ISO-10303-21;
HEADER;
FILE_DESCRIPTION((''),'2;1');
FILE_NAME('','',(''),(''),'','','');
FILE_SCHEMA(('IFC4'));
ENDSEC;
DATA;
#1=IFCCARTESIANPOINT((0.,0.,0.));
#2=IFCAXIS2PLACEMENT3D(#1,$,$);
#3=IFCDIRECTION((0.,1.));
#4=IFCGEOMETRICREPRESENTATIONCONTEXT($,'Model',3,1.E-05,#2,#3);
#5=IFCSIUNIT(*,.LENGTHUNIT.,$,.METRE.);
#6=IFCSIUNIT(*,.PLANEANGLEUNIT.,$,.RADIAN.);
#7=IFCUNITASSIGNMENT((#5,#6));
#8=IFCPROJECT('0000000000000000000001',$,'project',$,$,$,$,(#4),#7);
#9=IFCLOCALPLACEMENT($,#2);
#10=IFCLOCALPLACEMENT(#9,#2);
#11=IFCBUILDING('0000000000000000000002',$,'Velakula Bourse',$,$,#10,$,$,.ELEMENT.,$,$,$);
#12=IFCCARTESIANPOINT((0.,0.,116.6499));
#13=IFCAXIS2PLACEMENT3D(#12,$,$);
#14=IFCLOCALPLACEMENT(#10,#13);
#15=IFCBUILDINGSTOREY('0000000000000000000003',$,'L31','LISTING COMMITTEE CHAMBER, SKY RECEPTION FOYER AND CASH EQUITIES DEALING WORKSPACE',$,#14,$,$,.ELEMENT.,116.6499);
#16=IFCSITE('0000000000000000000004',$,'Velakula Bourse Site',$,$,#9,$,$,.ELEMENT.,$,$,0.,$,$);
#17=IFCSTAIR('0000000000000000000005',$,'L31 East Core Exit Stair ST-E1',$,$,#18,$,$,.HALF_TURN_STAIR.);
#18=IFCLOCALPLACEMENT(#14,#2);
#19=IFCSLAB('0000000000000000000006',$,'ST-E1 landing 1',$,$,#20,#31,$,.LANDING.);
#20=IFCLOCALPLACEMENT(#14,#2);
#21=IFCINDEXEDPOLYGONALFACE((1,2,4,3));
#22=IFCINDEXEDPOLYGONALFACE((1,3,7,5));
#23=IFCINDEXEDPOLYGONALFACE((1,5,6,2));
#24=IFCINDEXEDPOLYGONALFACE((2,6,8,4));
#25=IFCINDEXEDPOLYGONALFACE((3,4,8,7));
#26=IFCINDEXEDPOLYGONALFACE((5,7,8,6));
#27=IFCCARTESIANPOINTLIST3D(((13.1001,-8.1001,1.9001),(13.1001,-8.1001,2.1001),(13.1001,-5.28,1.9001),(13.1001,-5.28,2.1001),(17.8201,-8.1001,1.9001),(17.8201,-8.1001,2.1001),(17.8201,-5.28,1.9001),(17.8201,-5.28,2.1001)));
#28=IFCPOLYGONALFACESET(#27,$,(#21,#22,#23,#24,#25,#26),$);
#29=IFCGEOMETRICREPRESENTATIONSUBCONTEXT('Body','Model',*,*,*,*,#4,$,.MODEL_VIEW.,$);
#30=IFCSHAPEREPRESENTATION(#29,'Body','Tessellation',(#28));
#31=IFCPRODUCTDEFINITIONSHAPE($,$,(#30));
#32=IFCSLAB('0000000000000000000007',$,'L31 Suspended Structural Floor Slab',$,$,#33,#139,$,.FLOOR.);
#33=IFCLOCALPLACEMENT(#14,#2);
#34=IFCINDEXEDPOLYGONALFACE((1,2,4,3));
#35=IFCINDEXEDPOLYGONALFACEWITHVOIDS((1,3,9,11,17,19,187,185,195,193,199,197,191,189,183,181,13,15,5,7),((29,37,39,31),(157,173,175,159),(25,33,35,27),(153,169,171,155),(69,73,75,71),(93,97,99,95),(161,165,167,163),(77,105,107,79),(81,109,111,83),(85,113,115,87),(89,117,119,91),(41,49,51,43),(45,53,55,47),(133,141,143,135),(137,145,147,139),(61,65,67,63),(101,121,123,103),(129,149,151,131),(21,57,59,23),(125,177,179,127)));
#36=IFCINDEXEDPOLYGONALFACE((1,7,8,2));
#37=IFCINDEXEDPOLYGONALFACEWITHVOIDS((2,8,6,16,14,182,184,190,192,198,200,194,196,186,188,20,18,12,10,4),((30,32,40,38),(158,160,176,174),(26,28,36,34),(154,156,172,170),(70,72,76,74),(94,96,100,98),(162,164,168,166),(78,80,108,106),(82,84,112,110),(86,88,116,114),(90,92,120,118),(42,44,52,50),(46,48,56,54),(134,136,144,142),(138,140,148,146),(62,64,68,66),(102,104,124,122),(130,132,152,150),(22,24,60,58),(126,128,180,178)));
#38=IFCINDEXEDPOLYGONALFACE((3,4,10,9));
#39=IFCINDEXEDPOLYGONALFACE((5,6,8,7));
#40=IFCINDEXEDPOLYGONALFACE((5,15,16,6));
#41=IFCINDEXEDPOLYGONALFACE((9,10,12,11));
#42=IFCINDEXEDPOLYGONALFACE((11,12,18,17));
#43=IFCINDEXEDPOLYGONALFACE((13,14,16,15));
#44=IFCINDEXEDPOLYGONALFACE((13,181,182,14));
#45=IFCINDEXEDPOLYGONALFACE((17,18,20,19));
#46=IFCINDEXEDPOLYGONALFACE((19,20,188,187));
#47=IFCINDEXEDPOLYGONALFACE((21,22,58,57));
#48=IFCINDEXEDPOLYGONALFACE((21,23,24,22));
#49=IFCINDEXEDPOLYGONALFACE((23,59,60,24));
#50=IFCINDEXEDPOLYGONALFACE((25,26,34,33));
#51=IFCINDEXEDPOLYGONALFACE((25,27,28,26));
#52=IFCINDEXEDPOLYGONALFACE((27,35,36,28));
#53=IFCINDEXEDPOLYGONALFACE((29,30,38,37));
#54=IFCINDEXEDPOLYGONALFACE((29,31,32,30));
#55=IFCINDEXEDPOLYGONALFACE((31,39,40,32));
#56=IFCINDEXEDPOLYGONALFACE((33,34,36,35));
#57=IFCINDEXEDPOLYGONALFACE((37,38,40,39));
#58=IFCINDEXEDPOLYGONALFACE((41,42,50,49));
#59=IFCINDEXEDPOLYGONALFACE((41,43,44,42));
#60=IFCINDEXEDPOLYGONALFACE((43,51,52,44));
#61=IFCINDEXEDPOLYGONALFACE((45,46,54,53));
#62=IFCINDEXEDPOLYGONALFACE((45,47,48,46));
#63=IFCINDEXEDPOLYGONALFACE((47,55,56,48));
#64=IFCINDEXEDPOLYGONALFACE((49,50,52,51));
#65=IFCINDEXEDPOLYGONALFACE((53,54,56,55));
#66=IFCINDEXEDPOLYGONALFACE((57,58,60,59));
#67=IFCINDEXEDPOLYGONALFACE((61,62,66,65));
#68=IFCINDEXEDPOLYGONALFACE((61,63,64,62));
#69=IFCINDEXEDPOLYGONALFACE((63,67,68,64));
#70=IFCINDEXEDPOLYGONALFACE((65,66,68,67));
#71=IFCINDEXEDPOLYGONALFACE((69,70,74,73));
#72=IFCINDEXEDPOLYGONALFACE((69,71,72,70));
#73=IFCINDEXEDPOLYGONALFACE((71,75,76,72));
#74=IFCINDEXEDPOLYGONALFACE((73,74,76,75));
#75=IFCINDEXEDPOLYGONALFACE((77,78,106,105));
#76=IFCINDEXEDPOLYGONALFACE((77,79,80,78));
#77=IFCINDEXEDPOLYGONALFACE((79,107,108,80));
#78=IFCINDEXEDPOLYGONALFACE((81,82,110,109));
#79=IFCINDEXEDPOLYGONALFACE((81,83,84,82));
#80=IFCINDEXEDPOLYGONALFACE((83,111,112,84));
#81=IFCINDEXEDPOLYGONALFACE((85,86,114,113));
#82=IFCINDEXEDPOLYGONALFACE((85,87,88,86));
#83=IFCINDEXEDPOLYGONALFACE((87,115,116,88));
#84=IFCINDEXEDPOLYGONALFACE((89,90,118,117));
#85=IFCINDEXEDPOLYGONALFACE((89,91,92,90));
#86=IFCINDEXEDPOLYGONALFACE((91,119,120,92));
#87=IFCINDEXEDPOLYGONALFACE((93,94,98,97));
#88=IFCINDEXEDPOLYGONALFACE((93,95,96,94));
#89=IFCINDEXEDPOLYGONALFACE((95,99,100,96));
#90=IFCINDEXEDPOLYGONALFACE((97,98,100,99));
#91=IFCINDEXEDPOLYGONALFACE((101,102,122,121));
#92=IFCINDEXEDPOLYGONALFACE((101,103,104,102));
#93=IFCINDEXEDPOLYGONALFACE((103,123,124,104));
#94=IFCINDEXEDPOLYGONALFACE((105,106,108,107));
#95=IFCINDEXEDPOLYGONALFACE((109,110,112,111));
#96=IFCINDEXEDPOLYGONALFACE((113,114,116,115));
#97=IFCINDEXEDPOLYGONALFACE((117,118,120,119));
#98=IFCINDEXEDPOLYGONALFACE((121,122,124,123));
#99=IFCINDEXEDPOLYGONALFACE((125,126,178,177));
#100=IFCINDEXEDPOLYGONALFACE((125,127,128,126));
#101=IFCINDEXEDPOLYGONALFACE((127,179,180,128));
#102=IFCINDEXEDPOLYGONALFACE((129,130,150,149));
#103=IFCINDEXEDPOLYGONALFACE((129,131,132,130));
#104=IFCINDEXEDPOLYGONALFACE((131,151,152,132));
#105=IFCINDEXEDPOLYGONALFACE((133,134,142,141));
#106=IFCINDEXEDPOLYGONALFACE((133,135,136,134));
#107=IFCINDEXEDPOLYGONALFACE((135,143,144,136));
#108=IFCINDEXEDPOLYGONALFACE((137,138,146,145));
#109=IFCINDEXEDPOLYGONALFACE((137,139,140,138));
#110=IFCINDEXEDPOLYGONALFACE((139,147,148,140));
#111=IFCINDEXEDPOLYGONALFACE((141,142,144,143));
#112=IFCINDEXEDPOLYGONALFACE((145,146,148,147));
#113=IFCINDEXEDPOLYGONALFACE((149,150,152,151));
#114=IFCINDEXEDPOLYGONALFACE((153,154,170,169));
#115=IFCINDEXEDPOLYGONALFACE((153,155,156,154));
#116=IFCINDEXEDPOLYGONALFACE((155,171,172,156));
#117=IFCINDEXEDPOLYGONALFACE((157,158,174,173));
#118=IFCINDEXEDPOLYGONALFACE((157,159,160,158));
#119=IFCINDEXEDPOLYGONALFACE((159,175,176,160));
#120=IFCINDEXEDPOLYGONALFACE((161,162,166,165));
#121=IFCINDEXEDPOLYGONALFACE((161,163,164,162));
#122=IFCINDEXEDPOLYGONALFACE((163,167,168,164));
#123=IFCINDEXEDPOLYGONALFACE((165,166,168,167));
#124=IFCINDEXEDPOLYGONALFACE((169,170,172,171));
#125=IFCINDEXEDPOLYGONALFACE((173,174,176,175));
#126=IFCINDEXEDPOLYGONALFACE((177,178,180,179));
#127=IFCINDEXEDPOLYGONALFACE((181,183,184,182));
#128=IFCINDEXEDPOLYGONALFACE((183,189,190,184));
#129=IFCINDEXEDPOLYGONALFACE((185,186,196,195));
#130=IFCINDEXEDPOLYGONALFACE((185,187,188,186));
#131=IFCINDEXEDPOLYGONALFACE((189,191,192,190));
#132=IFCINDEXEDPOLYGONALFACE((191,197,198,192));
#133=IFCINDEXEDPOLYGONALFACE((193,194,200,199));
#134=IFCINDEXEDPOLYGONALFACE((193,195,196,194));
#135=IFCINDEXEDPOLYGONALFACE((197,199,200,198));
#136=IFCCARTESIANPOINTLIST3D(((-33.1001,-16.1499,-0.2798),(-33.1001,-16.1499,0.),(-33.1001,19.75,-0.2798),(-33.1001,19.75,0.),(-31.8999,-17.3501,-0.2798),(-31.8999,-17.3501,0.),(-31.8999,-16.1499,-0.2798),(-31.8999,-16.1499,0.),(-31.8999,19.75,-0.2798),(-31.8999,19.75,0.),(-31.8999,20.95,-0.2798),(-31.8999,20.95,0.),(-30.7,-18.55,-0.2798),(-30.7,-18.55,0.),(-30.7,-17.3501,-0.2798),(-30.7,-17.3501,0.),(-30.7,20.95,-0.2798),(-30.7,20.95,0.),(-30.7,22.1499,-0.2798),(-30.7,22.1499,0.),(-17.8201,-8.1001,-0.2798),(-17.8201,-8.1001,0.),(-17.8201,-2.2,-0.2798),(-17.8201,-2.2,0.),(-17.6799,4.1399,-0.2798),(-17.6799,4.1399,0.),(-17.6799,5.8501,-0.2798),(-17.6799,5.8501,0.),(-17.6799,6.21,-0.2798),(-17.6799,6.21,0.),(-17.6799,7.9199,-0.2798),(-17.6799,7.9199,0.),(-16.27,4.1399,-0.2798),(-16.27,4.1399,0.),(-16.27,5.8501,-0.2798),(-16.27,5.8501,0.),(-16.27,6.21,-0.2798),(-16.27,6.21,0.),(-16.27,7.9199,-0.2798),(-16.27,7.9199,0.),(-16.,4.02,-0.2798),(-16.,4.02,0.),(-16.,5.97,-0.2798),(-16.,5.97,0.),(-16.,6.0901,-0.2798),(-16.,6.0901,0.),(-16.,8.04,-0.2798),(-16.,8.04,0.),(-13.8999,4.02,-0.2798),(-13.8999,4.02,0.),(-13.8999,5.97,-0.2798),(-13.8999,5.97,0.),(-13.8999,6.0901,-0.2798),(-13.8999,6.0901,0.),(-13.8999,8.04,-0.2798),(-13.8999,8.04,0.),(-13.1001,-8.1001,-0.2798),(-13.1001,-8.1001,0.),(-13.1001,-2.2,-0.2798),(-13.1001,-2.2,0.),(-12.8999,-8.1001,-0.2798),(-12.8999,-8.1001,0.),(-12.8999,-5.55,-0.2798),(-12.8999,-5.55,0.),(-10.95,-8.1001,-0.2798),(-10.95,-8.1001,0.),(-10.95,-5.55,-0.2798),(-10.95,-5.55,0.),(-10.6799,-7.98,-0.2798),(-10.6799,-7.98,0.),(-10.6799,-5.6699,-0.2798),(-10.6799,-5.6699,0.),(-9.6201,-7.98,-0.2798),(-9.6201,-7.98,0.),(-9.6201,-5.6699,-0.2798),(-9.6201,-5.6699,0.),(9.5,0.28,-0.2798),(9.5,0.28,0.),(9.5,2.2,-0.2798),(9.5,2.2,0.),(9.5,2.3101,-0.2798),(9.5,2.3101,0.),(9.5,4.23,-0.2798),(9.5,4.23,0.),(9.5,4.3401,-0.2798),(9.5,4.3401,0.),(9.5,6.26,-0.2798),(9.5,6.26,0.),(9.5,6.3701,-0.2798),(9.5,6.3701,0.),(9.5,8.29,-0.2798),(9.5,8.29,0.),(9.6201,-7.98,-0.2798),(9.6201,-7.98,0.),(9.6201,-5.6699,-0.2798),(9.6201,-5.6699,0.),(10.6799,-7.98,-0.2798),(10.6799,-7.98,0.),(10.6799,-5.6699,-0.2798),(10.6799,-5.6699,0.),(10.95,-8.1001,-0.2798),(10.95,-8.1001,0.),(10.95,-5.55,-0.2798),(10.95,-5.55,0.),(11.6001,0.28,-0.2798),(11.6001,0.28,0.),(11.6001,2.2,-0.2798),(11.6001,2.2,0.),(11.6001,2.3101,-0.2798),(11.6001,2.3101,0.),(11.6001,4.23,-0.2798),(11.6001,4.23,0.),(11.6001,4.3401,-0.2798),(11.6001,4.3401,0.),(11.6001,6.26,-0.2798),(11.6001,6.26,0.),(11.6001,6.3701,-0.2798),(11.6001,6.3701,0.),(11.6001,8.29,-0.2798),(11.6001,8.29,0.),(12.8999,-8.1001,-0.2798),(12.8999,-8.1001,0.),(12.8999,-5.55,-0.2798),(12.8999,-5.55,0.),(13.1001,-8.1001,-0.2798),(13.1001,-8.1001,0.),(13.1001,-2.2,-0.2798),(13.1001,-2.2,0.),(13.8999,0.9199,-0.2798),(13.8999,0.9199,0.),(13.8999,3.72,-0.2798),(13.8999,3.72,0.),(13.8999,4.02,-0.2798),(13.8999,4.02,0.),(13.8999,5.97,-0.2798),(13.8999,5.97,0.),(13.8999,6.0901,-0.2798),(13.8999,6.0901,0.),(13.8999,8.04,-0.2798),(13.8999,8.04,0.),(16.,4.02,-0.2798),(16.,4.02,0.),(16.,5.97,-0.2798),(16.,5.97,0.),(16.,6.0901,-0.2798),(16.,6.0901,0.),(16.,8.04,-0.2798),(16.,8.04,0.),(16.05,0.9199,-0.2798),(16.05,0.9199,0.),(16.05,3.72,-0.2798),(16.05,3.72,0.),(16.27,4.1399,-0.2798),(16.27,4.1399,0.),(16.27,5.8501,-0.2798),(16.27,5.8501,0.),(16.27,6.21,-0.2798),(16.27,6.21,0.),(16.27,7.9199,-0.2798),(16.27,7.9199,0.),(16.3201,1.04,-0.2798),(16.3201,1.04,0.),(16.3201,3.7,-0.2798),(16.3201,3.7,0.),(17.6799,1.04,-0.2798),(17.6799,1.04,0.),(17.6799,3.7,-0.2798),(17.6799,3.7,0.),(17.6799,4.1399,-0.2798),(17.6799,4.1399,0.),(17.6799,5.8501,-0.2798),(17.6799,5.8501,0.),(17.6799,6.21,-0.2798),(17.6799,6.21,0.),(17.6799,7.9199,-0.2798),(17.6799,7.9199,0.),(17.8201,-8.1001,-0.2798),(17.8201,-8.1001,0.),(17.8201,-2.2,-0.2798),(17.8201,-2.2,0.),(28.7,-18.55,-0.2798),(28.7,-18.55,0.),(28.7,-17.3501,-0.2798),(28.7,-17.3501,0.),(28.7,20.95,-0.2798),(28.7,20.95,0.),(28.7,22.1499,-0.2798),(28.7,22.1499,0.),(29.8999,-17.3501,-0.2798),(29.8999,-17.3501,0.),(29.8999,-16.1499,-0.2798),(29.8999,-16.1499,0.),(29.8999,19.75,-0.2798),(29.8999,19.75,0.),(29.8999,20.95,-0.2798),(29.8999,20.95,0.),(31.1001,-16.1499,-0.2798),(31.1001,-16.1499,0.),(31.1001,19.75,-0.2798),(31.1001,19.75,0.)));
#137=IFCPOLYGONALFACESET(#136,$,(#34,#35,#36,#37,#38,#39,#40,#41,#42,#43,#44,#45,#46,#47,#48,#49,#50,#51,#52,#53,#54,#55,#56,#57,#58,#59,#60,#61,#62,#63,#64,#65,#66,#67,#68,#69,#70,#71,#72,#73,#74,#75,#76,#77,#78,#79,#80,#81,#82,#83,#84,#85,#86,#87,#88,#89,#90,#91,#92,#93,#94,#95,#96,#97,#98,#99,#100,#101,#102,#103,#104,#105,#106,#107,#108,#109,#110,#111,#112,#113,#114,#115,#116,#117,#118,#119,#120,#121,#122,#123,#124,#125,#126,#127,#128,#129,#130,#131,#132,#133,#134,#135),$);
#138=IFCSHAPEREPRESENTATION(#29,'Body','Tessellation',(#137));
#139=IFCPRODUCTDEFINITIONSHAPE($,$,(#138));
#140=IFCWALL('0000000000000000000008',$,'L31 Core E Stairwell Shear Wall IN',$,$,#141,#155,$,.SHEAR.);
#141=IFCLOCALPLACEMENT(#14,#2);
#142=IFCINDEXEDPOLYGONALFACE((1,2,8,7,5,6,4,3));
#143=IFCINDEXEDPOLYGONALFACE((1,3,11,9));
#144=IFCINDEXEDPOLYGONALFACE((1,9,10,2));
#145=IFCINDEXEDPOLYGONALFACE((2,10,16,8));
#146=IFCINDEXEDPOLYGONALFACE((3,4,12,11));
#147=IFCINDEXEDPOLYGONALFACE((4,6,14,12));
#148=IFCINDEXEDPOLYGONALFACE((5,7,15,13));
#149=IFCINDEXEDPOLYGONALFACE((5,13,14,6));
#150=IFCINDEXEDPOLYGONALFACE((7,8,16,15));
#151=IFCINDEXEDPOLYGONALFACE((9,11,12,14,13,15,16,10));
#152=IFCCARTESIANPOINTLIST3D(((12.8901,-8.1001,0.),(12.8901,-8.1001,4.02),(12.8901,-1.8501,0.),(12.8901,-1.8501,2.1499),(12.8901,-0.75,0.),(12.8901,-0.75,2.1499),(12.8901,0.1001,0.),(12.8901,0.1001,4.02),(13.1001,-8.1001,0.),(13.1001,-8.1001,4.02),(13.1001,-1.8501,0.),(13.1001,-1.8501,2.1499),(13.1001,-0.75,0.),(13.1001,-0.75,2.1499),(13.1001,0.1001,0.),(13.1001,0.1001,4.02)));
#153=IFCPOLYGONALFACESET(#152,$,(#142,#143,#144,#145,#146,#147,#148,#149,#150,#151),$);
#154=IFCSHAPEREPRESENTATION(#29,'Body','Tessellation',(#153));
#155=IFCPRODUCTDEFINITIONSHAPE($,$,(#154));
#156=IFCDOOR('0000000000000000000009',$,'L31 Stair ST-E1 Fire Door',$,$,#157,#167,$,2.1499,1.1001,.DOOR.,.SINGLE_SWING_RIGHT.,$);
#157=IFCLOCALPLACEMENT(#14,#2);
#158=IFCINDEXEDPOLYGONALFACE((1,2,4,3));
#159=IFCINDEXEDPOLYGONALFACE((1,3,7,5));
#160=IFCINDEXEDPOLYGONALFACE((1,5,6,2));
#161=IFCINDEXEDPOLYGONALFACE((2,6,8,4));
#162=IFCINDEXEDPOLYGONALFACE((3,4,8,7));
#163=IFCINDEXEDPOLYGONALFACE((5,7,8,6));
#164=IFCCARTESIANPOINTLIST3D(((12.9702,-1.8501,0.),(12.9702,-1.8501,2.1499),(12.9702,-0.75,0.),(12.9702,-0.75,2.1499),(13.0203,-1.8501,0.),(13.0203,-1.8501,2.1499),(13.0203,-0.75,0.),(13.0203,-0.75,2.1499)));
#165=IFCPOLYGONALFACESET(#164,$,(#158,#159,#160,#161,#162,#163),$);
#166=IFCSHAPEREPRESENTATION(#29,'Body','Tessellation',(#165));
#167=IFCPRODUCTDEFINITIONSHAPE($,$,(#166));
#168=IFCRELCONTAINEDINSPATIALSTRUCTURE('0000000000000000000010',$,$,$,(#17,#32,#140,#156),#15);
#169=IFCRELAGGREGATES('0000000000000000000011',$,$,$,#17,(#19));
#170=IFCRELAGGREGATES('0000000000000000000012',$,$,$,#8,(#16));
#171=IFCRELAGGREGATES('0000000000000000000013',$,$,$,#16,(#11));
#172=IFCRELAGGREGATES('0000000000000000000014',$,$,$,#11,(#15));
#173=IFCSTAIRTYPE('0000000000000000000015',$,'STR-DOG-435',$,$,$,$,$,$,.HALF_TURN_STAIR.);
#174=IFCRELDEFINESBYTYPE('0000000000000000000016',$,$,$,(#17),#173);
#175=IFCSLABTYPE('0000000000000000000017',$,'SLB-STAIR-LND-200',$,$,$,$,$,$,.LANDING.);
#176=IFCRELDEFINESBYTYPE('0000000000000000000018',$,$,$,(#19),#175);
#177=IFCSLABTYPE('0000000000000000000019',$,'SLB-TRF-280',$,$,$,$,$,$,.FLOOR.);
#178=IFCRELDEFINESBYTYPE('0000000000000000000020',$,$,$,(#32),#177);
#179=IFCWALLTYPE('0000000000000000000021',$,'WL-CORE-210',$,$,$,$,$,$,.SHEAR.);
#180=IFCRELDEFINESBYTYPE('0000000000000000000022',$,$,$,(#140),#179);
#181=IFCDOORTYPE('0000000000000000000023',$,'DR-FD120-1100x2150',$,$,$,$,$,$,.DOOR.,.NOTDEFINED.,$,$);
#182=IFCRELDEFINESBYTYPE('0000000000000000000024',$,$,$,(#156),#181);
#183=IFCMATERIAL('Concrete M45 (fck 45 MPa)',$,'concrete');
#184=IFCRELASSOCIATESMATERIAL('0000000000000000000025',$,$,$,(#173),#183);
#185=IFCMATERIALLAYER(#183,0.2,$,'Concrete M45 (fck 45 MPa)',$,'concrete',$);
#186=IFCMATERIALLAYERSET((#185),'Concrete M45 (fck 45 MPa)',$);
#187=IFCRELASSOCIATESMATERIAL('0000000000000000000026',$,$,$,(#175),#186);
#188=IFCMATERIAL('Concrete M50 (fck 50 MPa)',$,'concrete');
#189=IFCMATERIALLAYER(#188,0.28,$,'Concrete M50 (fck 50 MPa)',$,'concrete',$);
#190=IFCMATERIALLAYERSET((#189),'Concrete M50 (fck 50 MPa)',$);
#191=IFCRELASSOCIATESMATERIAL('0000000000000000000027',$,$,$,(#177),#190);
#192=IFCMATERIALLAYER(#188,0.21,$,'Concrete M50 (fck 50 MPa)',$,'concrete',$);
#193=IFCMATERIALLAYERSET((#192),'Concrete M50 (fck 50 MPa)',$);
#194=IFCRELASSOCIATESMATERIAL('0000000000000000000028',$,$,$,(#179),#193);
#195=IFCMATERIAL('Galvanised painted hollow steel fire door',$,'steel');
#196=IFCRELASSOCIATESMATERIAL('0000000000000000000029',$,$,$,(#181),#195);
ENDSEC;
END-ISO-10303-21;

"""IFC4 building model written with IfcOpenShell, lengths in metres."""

from ifc_helpers import new_model, si_unit, direction, frame, frame_2d, origin, place, context, subcontext, project, spatial, polyline, rectangle, outline, extrude, material, layer, layer_set, type_object, element, fill, aggregate, save


model = new_model("IFC4")

# Units and contexts
model_context = context("Model", 3, precision=1e-05, world=origin(), true_north=direction((0.0, 1.0)))
body_context = subcontext(model_context, "Body", "Model", "MODEL_VIEW")
ifc_project = project(units=[si_unit("LENGTHUNIT", "METRE"), si_unit("PLANEANGLEUNIT", "RADIAN")], contexts=[model_context])

# Site, building, storey
site_placement = place(None, origin())
site = spatial("IfcSite", under=ifc_project, at=site_placement, Name="Velakula Bourse Site", CompositionType="ELEMENT", RefElevation=0.0)
building_placement = place(site_placement, origin())
building = spatial("IfcBuilding", under=site, at=building_placement, Name="Velakula Bourse", CompositionType="ELEMENT")
storey_placement = place(building_placement, frame((0.0, 0.0, 116.6499)))
storey = spatial("IfcBuildingStorey", under=building, at=storey_placement, Name="L31", Description="LISTING COMMITTEE CHAMBER, SKY RECEPTION FOYER AND CASH EQUITIES DEALING WORKSPACE", CompositionType="ELEMENT", Elevation=116.6499)

# Shared definitions
ifc_material_1 = material(Name="Concrete M50 (fck 50 MPa)", Category="concrete")

# Stair, slab
ifc_material_2 = material(Name="Concrete M45 (fck 45 MPa)", Category="concrete")
stair_type = type_object("IfcStairType", Name="STR-DOG-435", PredefinedType="HALF_TURN_STAIR", material=ifc_material_2)
ifc_layer_1 = layer(ifc_material_2, 0.2, Name="Concrete M45 (fck 45 MPa)", Category="concrete")
ifc_layer_set_1 = layer_set([ifc_layer_1], Name="Concrete M45 (fck 45 MPa)")
slab_type_1 = type_object("IfcSlabType", Name="SLB-STAIR-LND-200", PredefinedType="LANDING", material=ifc_layer_set_1)
stair_1_placement = place(storey_placement, origin())
stair_1 = element("IfcStair", 1, at=stair_1_placement, inside=storey, type_object=stair_type, Name="L31 East Core Exit Stair ST-E1", PredefinedType="HALF_TURN_STAIR")
slab_1_placement = place(storey_placement, frame((0.0, 0.0, 1.9001)))
slab_1 = element("IfcSlab", 2, at=slab_1_placement, type_object=slab_type_1, Name="ST-E1 landing 1", PredefinedType="LANDING", context=body_context, shape_type="SweptSolid", body=[
    extrude(outline(polyline([(13.1001, -5.28), (13.1001, -8.1001), (17.8201, -8.1001), (17.8201, -5.28), (13.1001, -5.28)])), origin(), (0.0, 0.0, 1.0), 0.2),
])

# Slab
ifc_layer_2 = layer(ifc_material_1, 0.28, Name="Concrete M50 (fck 50 MPa)", Category="concrete")
ifc_layer_set_2 = layer_set([ifc_layer_2], Name="Concrete M50 (fck 50 MPa)")
slab_type_2 = type_object("IfcSlabType", Name="SLB-TRF-280", PredefinedType="FLOOR", material=ifc_layer_set_2)
slab_2_placement = place(storey_placement, frame((0.0, 0.0, -0.2798)))
element("IfcSlab", 3, at=slab_2_placement, inside=storey, type_object=slab_type_2, Name="L31 Suspended Structural Floor Slab", PredefinedType="FLOOR", context=body_context, shape_type="SweptSolid", body=[
    extrude(outline(polyline([(-30.7, -18.55), (28.7, -18.55), (28.7, -17.3501), (29.8999, -17.3501), (29.8999, -16.1499), (31.1001, -16.1499), (31.1001, 19.75), (29.8999, 19.75), (29.8999, 20.95), (28.7, 20.95), (28.7, 22.1499), (-30.7, 22.1499), (-30.7, 20.95), (-31.8999, 20.95), (-31.8999, 19.75), (-33.1001, 19.75), (-33.1001, -16.1499), (-31.8999, -16.1499), (-31.8999, -17.3501), (-30.7, -17.3501), (-30.7, -18.55)]), holes=[polyline([(-17.8201, -8.1001), (-13.1001, -8.1001), (-13.1001, -2.2), (-17.8201, -2.2), (-17.8201, -8.1001)]), polyline([(13.1001, -8.1001), (17.8201, -8.1001), (17.8201, -2.2), (13.1001, -2.2), (13.1001, -8.1001)]), polyline([(-12.8999, -8.1001), (-10.95, -8.1001), (-10.95, -5.55), (-12.8999, -5.55), (-12.8999, -8.1001)]), polyline([(10.95, -8.1001), (12.8999, -8.1001), (12.8999, -5.55), (10.95, -5.55), (10.95, -8.1001)]), polyline([(13.8999, 0.9199), (16.05, 0.9199), (16.05, 3.72), (13.8999, 3.72), (13.8999, 0.9199)]), polyline([(-10.6799, -7.98), (-9.6201, -7.98), (-9.6201, -5.6699), (-10.6799, -5.6699), (-10.6799, -7.98)]), polyline([(-17.6799, 4.1399), (-16.27, 4.1399), (-16.27, 5.8501), (-17.6799, 5.8501), (-17.6799, 4.1399)]), polyline([(-17.6799, 6.21), (-16.27, 6.21), (-16.27, 7.9199), (-17.6799, 7.9199), (-17.6799, 6.21)]), polyline([(9.6201, -7.98), (10.6799, -7.98), (10.6799, -5.6699), (9.6201, -5.6699), (9.6201, -7.98)]), polyline([(16.27, 4.1399), (17.6799, 4.1399), (17.6799, 5.8501), (16.27, 5.8501), (16.27, 4.1399)]), polyline([(16.27, 6.21), (17.6799, 6.21), (17.6799, 7.9199), (16.27, 7.9199), (16.27, 6.21)]), polyline([(16.3201, 1.04), (17.6799, 1.04), (17.6799, 3.7), (16.3201, 3.7), (16.3201, 1.04)]), polyline([(9.5, 0.28), (11.6001, 0.28), (11.6001, 2.2), (9.5, 2.2), (9.5, 0.28)]), polyline([(9.5, 2.3101), (11.6001, 2.3101), (11.6001, 4.23), (9.5, 4.23), (9.5, 2.3101)]), polyline([(9.5, 4.3401), (11.6001, 4.3401), (11.6001, 6.26), (9.5, 6.26), (9.5, 4.3401)]), polyline([(9.5, 6.3701), (11.6001, 6.3701), (11.6001, 8.29), (9.5, 8.29), (9.5, 6.3701)]), polyline([(-16.0, 4.02), (-13.8999, 4.02), (-13.8999, 5.97), (-16.0, 5.97), (-16.0, 4.02)]), polyline([(-16.0, 6.0901), (-13.8999, 6.0901), (-13.8999, 8.04), (-16.0, 8.04), (-16.0, 6.0901)]), polyline([(13.8999, 4.02), (16.0, 4.02), (16.0, 5.97), (13.8999, 5.97), (13.8999, 4.02)]), polyline([(13.8999, 6.0901), (16.0, 6.0901), (16.0, 8.04), (13.8999, 8.04), (13.8999, 6.0901)])]), origin(), (0.0, 0.0, 1.0), 0.2798),
])

# Wall, opening, door
ifc_layer_3 = layer(ifc_material_1, 0.21, Name="Concrete M50 (fck 50 MPa)", Category="concrete")
ifc_layer_set_3 = layer_set([ifc_layer_3], Name="Concrete M50 (fck 50 MPa)")
wall_type_1 = type_object("IfcWallType", Name="WL-CORE-210", PredefinedType="SHEAR", material=ifc_layer_set_3)
wall_1_placement = place(storey_placement, frame((12.9951, -8.1001, 0.0), z_axis=(0.0, 0.0, 1.0), x_axis=(0.0, 1.0, 0.0)))
wall_1 = element("IfcWall", 4, at=wall_1_placement, inside=storey, type_object=wall_type_1, Name="L31 Core E Stairwell Shear Wall IN", PredefinedType="SHEAR", context=body_context, shape_type="SweptSolid", body=[
    extrude(rectangle(XDim=8.2002, YDim=0.21, at=frame_2d((4.1001, 0.0))), origin(), (0.0, 0.0, 1.0), 4.02),
])
opening_1_placement = place(wall_1_placement, frame((6.25, 0.0, 0.0)))
opening_1 = element("IfcOpeningElement", 5, at=opening_1_placement, cuts=wall_1, PredefinedType="OPENING", context=body_context, shape_type="SweptSolid", body=[
    extrude(rectangle(XDim=1.1001, YDim=2.1499, at=frame_2d((0.55, 1.075))), frame((0.0, 0.115, 0.0), z_axis=(0.0, -1.0, 0.0), x_axis=(1.0, 0.0, 0.0)), (0.0, 0.0, 1.0), 0.23),
])
ifc_material_3 = material(Name="Galvanised painted hollow steel fire door", Category="steel")
door_type_1 = type_object("IfcDoorType", Name="DR-FD120-1100x2150", OperationType="NOTDEFINED", PredefinedType="DOOR", material=ifc_material_3)
door_1_placement = place(opening_1_placement, origin())
door_1 = element("IfcDoor", 6, at=door_1_placement, inside=storey, type_object=door_type_1, Name="L31 Stair ST-E1 Fire Door", OperationType="SINGLE_SWING_RIGHT", OverallHeight=2.1499, OverallWidth=1.1001, PredefinedType="DOOR", context=body_context, shape_type="SweptSolid", body=[
    extrude(rectangle(XDim=1.1001, YDim=2.1499, at=frame_2d((0.55, 1.075))), frame((0.0, 0.0249, 0.0), z_axis=(0.0, -1.0, 0.0), x_axis=(1.0, 0.0, 0.0)), (0.0, 0.0, 1.0), 0.05),
])
fill(opening_1, door_1)

aggregate(stair_1, [slab_1])

save(model, "model.ifc")
